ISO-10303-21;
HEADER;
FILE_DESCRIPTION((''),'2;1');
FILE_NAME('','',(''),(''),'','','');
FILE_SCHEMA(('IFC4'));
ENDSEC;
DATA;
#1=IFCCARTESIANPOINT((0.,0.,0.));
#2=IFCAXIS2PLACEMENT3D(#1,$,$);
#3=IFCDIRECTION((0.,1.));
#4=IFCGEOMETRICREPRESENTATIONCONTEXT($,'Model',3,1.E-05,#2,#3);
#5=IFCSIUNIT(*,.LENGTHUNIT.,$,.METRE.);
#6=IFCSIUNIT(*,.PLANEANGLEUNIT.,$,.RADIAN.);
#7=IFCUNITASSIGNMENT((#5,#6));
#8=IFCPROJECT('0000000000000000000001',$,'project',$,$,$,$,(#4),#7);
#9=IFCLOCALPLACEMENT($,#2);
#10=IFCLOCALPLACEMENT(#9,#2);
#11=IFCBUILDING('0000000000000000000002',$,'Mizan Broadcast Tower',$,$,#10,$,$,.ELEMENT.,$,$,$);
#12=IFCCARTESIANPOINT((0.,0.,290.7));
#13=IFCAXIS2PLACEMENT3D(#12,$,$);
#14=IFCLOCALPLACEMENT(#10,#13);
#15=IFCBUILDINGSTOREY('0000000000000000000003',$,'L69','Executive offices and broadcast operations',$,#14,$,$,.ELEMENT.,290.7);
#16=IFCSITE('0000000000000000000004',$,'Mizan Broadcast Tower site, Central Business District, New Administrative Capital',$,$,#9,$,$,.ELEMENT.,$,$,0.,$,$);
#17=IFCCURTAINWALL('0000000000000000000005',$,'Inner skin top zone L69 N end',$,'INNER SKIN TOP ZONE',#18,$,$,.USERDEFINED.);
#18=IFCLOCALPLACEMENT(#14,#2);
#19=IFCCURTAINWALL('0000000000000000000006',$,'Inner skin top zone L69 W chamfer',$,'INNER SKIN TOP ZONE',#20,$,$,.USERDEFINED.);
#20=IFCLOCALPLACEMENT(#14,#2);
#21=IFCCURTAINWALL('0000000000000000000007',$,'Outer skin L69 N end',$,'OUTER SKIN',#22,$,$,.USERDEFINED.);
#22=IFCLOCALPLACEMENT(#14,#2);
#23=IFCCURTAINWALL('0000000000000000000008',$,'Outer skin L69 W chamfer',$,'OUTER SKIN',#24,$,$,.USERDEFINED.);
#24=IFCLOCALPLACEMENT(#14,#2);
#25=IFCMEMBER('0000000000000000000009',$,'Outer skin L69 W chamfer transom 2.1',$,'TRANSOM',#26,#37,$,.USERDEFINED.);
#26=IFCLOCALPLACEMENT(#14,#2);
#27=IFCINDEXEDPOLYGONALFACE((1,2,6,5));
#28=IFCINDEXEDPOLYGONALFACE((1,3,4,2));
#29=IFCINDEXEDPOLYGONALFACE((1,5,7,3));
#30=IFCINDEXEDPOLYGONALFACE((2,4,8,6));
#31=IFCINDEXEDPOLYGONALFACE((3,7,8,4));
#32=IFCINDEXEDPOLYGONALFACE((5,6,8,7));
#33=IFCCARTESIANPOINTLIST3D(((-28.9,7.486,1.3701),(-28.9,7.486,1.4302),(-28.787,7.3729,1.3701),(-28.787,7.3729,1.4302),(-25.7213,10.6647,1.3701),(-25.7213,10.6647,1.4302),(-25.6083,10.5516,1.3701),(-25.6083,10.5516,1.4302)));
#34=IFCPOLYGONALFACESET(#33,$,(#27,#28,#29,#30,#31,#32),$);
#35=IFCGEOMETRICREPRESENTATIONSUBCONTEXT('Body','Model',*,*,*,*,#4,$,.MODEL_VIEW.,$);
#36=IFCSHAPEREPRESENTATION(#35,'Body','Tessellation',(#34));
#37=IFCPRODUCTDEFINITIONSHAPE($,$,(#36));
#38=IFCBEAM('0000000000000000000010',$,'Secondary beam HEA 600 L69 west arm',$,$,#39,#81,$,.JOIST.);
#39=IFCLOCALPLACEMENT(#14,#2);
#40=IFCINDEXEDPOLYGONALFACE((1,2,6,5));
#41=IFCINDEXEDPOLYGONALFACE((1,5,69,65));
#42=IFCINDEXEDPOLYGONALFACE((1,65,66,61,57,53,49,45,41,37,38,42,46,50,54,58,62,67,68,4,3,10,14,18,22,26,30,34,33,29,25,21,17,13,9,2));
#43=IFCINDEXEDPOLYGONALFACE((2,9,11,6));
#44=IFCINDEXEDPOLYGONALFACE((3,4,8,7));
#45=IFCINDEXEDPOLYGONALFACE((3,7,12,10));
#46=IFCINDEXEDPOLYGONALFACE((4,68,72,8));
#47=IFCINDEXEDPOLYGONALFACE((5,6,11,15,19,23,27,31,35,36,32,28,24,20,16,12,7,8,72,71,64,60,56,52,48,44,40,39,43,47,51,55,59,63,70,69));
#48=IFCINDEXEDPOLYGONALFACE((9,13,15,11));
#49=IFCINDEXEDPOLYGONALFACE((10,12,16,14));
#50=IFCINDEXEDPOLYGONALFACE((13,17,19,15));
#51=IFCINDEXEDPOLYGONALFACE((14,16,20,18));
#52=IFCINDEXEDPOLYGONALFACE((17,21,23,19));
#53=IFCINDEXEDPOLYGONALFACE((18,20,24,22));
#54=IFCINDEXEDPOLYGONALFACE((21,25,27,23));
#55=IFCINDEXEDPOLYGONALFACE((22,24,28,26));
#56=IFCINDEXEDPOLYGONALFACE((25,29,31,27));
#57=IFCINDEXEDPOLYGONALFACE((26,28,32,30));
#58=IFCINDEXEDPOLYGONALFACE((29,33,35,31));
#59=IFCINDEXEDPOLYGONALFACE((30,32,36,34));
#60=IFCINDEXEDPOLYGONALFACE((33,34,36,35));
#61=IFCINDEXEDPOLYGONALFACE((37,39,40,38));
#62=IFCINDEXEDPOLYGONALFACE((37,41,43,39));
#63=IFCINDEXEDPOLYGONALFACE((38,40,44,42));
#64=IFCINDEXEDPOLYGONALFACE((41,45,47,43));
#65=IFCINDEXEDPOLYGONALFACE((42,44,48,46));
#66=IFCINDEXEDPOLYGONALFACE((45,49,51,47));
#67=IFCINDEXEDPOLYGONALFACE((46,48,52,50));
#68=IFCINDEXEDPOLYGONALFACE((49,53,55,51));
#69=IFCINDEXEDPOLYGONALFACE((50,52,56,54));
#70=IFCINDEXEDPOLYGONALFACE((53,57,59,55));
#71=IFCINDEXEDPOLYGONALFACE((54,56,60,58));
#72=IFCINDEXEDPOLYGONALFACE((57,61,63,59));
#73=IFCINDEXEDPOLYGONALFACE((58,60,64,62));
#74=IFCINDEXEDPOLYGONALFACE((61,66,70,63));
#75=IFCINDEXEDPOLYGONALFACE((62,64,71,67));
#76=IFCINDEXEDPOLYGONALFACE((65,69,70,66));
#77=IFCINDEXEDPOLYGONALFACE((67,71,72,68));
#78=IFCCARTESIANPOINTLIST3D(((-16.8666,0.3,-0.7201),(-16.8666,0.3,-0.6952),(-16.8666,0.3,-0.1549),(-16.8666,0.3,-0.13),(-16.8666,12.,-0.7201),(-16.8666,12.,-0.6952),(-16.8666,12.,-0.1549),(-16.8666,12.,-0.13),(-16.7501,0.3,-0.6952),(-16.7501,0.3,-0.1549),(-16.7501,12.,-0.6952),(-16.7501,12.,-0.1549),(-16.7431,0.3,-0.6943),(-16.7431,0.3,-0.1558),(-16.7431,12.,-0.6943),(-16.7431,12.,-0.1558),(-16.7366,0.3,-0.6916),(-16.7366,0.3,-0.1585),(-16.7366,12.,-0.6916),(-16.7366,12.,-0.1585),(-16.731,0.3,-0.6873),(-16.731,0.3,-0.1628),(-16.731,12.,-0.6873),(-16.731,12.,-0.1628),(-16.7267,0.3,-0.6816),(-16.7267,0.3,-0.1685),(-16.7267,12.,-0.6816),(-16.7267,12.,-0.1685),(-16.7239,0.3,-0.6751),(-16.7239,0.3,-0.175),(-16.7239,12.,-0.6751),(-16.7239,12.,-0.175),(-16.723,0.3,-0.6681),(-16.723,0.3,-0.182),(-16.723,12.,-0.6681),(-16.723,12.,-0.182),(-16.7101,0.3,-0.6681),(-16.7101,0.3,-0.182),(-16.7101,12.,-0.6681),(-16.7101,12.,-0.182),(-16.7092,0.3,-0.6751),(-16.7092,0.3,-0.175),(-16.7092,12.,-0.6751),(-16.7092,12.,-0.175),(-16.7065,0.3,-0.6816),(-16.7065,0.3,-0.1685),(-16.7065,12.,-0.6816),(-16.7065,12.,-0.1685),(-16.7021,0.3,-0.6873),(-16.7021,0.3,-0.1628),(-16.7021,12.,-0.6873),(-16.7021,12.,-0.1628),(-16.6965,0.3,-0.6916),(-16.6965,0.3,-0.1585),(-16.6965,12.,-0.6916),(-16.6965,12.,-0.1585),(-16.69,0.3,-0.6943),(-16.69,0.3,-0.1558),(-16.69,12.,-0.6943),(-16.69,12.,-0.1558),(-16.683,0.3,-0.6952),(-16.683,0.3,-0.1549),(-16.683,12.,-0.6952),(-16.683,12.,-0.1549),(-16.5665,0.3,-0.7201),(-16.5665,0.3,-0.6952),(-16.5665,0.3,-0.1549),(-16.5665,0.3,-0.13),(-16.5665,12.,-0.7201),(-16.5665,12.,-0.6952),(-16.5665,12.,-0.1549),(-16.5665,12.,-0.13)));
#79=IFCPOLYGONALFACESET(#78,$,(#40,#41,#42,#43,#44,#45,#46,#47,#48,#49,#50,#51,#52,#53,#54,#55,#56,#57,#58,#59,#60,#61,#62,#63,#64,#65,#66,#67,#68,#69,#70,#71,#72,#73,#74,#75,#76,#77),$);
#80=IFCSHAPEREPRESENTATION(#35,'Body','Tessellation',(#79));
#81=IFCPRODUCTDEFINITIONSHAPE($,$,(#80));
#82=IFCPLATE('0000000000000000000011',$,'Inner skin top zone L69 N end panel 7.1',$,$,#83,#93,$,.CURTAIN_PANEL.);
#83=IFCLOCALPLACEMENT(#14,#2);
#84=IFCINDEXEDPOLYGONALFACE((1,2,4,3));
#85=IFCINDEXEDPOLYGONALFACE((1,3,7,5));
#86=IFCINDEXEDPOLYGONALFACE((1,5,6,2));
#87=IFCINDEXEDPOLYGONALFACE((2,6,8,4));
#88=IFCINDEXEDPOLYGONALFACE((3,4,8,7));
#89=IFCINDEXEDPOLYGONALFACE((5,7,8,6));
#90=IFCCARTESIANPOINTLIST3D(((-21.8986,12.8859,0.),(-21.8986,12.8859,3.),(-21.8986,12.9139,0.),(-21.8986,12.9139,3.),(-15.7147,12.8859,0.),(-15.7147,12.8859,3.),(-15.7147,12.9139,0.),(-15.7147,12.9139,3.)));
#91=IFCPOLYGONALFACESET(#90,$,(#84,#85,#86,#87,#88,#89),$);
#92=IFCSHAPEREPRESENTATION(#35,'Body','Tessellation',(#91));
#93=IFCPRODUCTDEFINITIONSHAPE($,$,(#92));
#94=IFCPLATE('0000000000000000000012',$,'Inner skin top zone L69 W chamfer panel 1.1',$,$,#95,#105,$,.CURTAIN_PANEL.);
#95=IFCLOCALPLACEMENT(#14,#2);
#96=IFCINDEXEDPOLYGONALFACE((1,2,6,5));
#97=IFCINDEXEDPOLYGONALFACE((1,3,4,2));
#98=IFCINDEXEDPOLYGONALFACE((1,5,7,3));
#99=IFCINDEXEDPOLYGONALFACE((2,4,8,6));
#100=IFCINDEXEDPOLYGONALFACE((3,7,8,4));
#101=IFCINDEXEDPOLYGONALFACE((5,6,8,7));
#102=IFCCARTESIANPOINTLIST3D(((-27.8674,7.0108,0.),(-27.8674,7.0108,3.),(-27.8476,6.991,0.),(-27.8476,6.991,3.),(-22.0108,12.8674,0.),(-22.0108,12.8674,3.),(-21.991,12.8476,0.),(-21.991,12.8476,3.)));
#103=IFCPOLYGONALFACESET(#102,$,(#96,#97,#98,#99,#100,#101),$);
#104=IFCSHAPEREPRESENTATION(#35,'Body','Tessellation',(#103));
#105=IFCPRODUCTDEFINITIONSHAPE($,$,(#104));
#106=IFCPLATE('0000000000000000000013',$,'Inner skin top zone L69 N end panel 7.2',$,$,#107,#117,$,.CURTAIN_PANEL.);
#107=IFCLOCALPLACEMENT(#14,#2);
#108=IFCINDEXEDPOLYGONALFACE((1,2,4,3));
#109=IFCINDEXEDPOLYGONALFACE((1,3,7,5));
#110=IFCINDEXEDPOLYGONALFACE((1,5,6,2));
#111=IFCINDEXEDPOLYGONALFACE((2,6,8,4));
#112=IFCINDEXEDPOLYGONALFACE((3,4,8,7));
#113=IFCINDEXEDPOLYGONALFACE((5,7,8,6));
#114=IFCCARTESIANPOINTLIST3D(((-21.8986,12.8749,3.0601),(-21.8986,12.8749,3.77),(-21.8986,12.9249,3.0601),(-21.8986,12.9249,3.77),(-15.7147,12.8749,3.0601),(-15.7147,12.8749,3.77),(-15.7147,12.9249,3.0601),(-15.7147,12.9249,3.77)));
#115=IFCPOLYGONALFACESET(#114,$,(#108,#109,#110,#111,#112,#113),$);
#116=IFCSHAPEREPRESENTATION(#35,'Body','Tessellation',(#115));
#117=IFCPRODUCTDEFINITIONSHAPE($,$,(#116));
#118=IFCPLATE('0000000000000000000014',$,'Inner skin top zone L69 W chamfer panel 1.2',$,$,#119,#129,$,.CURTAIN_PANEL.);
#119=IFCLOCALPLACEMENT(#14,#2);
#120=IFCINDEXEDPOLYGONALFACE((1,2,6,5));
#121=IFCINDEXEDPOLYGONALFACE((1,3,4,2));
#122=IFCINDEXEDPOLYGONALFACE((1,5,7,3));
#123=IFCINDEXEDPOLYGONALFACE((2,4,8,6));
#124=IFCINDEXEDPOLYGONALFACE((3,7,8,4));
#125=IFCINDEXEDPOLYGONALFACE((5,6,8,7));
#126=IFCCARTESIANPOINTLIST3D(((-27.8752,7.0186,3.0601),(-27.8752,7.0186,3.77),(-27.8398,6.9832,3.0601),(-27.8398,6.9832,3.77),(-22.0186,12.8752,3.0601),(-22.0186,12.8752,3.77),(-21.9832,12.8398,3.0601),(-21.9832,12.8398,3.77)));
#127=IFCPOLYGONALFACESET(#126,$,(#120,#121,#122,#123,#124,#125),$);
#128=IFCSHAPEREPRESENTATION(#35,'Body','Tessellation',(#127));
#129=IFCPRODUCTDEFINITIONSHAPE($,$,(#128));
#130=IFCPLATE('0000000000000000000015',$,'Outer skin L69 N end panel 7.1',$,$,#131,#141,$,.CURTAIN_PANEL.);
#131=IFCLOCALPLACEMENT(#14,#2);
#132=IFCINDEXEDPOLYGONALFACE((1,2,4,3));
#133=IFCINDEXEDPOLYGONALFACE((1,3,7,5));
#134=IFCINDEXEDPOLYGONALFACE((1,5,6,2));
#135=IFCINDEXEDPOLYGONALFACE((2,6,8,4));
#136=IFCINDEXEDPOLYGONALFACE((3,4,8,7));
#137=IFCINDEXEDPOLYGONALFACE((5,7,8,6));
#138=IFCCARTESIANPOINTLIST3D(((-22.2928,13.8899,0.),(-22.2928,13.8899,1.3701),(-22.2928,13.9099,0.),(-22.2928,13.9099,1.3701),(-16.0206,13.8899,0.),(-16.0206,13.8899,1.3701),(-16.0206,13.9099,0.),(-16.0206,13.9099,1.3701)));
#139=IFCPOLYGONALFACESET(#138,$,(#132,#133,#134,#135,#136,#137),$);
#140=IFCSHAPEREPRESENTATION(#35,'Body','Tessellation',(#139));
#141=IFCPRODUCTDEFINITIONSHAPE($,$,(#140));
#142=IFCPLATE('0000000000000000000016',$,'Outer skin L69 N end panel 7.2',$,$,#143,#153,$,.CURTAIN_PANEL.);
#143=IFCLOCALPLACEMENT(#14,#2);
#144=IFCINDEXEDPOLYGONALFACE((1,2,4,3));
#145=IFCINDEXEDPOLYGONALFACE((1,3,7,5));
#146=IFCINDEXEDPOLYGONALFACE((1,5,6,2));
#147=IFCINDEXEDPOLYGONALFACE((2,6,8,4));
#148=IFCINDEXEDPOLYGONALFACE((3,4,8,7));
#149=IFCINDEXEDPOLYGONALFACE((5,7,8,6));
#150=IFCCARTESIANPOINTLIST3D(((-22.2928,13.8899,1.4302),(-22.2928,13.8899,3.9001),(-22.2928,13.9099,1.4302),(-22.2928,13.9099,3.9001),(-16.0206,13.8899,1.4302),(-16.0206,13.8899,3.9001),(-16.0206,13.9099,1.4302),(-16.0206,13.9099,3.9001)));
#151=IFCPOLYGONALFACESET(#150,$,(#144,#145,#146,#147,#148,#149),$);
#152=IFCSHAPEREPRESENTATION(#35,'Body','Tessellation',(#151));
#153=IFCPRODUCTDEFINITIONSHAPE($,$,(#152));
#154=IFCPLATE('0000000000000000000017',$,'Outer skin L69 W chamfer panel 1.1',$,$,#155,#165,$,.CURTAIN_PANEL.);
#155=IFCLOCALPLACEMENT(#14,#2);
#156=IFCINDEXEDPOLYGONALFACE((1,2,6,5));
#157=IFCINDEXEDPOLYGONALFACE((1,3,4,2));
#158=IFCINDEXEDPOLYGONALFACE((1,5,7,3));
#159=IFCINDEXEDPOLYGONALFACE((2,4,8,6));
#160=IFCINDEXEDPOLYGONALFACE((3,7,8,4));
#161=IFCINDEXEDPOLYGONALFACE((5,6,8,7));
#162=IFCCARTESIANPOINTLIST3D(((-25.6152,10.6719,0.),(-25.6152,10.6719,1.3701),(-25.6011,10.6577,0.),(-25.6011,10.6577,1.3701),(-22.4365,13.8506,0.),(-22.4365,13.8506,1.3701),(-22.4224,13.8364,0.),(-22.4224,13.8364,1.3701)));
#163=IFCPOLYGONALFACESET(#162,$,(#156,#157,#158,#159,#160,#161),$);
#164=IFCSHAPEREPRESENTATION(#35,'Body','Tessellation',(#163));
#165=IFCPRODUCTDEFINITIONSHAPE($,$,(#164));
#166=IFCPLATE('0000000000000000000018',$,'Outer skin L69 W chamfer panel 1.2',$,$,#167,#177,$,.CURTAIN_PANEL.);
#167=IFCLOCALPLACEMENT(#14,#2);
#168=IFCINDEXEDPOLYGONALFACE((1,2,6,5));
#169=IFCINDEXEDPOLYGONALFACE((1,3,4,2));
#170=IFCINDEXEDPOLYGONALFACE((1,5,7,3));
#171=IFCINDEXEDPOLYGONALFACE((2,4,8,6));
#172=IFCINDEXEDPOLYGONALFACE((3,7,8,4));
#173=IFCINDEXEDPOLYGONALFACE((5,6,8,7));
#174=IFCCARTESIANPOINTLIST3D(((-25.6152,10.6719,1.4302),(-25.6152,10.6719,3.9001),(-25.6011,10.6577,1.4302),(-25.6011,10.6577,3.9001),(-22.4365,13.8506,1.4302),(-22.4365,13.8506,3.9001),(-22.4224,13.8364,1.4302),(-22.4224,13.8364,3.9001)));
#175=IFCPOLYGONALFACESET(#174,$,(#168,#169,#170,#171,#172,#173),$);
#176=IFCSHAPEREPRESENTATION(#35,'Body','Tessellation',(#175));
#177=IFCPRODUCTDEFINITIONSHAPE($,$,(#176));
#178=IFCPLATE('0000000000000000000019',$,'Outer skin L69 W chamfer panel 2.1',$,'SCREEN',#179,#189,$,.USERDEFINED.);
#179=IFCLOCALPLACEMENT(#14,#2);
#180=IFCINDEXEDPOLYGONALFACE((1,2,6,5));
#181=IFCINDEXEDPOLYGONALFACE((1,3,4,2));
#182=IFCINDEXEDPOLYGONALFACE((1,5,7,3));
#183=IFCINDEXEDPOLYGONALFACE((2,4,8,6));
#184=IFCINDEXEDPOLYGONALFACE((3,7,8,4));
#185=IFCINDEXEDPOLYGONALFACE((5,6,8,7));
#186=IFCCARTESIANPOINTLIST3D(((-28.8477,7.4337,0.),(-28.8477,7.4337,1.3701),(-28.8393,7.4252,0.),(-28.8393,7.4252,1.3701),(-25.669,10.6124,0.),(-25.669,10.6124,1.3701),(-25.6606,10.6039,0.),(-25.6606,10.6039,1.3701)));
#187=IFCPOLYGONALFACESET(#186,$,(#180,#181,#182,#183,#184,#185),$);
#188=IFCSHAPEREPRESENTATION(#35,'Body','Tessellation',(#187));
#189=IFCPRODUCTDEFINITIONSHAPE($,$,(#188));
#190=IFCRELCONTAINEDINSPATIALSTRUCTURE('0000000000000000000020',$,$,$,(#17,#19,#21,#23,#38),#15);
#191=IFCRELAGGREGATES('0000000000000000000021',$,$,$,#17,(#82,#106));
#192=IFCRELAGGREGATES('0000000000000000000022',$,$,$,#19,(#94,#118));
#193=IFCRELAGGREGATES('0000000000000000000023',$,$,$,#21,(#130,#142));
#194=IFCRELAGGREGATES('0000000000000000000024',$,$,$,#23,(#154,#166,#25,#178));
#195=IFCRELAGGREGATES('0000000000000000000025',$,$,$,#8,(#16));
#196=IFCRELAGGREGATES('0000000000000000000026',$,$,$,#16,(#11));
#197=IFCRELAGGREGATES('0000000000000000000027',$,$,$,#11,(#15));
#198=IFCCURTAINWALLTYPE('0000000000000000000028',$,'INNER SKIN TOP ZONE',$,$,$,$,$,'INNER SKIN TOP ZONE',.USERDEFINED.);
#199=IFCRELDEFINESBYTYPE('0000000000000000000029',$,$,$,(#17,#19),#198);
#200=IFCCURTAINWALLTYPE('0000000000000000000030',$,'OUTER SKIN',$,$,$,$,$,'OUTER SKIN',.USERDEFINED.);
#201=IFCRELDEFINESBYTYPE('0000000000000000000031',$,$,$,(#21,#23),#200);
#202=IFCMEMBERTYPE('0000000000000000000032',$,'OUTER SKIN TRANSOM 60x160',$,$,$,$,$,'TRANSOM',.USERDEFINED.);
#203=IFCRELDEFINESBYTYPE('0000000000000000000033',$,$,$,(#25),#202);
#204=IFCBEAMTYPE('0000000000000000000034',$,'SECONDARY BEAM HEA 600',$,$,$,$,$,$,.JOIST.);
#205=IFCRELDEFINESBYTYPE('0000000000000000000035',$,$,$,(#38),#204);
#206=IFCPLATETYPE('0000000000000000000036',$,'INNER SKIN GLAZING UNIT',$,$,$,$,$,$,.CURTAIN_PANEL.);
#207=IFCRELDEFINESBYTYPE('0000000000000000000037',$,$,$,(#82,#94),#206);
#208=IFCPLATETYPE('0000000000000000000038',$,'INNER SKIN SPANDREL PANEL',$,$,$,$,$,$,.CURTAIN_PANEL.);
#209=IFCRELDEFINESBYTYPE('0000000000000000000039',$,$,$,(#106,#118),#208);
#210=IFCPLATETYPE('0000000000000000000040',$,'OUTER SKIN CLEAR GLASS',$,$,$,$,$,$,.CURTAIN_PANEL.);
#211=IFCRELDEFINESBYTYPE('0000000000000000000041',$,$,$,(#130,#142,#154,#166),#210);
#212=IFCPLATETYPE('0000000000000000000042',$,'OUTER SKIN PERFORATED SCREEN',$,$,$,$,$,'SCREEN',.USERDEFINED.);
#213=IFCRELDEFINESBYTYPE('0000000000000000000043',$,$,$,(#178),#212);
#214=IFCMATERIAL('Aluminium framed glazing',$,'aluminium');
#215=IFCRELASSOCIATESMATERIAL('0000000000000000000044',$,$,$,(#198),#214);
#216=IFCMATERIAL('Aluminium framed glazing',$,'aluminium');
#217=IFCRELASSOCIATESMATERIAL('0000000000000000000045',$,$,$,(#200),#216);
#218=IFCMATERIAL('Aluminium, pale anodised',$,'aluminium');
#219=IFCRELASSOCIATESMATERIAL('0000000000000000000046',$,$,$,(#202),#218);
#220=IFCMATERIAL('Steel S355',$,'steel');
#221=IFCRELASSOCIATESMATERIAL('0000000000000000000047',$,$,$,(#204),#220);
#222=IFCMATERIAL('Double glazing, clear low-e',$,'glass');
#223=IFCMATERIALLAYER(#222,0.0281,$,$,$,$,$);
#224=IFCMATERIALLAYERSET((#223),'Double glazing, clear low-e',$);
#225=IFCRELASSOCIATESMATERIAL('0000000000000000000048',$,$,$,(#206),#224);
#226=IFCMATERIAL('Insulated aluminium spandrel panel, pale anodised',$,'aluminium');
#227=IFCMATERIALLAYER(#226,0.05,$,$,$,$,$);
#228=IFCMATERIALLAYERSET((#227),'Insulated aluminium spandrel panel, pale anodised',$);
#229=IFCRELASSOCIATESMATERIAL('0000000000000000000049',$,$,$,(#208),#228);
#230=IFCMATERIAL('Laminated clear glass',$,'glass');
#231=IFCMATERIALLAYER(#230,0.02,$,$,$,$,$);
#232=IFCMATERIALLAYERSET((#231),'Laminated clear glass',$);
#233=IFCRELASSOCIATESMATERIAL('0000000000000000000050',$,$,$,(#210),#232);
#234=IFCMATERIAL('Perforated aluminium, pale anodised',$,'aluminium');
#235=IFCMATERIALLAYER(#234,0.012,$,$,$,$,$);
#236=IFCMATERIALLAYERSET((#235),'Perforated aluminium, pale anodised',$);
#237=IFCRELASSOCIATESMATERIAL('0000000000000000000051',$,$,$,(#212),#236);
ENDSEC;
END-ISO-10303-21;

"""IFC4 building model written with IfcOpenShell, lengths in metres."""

from ifc_helpers import new_model, si_unit, direction, frame, origin, origin_2d, place, context, subcontext, project, spatial, rectangle, i_section, extrude, material, layer, layer_set, material_profile, profile_set, type_object, element, aggregate, save


model = new_model("IFC4")

# Units and contexts
model_context = context("Model", 3, precision=1e-05, world=origin(), true_north=direction((0.0, 1.0)))
body_context = subcontext(model_context, "Body", "Model", "MODEL_VIEW")
ifc_project = project(units=[si_unit("LENGTHUNIT", "METRE"), si_unit("PLANEANGLEUNIT", "RADIAN")], contexts=[model_context])

# Site, building, storey
site_placement = place(None, origin())
site = spatial("IfcSite", under=ifc_project, at=site_placement, Name="Mizan Broadcast Tower site, Central Business District, New Administrative Capital", CompositionType="ELEMENT", RefElevation=0.0)
building_placement = place(site_placement, origin())
building = spatial("IfcBuilding", under=site, at=building_placement, Name="Mizan Broadcast Tower", CompositionType="ELEMENT")
storey_placement = place(building_placement, frame((0.0, 0.0, 290.7)))
storey = spatial("IfcBuildingStorey", under=building, at=storey_placement, Name="L69", Description="Executive offices and broadcast operations", CompositionType="ELEMENT", Elevation=290.7)

# Curtain walls
ifc_material_1 = material(Name="Aluminium framed glazing", Category="aluminium")
curtain_wall_type_1 = type_object("IfcCurtainWallType", Name="INNER SKIN TOP ZONE", ElementType="INNER SKIN TOP ZONE", PredefinedType="USERDEFINED", material=ifc_material_1)
curtain_wall_1_placement = place(storey_placement, origin())
curtain_wall_1 = element("IfcCurtainWall", 1, at=curtain_wall_1_placement, inside=storey, type_object=curtain_wall_type_1, Name="Inner skin top zone L69 N end", ObjectType="INNER SKIN TOP ZONE", PredefinedType="USERDEFINED")
curtain_wall_2_placement = place(storey_placement, origin())
curtain_wall_2 = element("IfcCurtainWall", 2, at=curtain_wall_2_placement, inside=storey, type_object=curtain_wall_type_1, Name="Inner skin top zone L69 W chamfer", ObjectType="INNER SKIN TOP ZONE", PredefinedType="USERDEFINED")

# Curtain wall
ifc_material_2 = material(Name="Aluminium framed glazing", Category="aluminium")
curtain_wall_type_2 = type_object("IfcCurtainWallType", Name="OUTER SKIN", ElementType="OUTER SKIN", PredefinedType="USERDEFINED", material=ifc_material_2)
curtain_wall_3_placement = place(storey_placement, origin())
curtain_wall_3 = element("IfcCurtainWall", 3, at=curtain_wall_3_placement, inside=storey, type_object=curtain_wall_type_2, Name="Outer skin L69 N end", ObjectType="OUTER SKIN", PredefinedType="USERDEFINED")

# Curtain wall
curtain_wall_4_placement = place(storey_placement, origin())
curtain_wall_4 = element("IfcCurtainWall", 4, at=curtain_wall_4_placement, inside=storey, type_object=curtain_wall_type_2, Name="Outer skin L69 W chamfer", ObjectType="OUTER SKIN", PredefinedType="USERDEFINED")

# Member
ifc_material_3 = material(Name="Aluminium, pale anodised", Category="aluminium")
ifc_material_profile_1 = material_profile(ifc_material_3, rectangle(XDim=0.1599, YDim=0.0601, at=origin_2d()), Name="TRANSOM 160x60")
ifc_profile_set_1 = profile_set([ifc_material_profile_1], Name="Aluminium, pale anodised")
member_type_1 = type_object("IfcMemberType", Name="OUTER SKIN TRANSOM 60x160", ElementType="TRANSOM", PredefinedType="USERDEFINED", material=ifc_profile_set_1)
member_1_placement = place(storey_placement, frame((-25.6648, 10.6082, 1.4001), z_axis=(-0.707107, -0.707107, 0.0), x_axis=(0.707107, -0.707107, 0.0)))
member_1 = element("IfcMember", 5, at=member_1_placement, type_object=member_type_1, Name="Outer skin L69 W chamfer transom 2.1", ObjectType="TRANSOM", PredefinedType="USERDEFINED", context=body_context, shape_type="SweptSolid", body=[
    extrude(rectangle(XDim=0.1599, YDim=0.0601, at=origin_2d()), origin(), (0.0, 0.0, 1.0), 4.4954),
])

# Beam
ifc_material_4 = material(Name="Steel S355", Category="steel")
ifc_material_profile_2 = material_profile(ifc_material_4, i_section(OverallWidth=0.3, OverallDepth=0.5901, WebThickness=0.0129, FlangeThickness=0.0249, FilletRadius=0.0271, at=origin_2d()), Name="HEA 600")
ifc_profile_set_2 = profile_set([ifc_material_profile_2], Name="Steel S355")
beam_type_1 = type_object("IfcBeamType", Name="SECONDARY BEAM HEA 600", PredefinedType="JOIST", material=ifc_profile_set_2)
beam_1_placement = place(storey_placement, frame((-16.7166, 12.0, -0.425), z_axis=(0.0, -1.0, 0.0), x_axis=(1.0, 0.0, 0.0)))
element("IfcBeam", 6, at=beam_1_placement, inside=storey, type_object=beam_type_1, Name="Secondary beam HEA 600 L69 west arm", PredefinedType="JOIST", context=body_context, shape_type="SweptSolid", body=[
    extrude(i_section(OverallWidth=0.3, OverallDepth=0.5901, WebThickness=0.0129, FlangeThickness=0.0249, FilletRadius=0.0271, at=origin_2d()), origin(), (0.0, 0.0, 1.0), 11.7),
])

# Plates
ifc_material_5 = material(Name="Double glazing, clear low-e", Category="glass")
ifc_layer_1 = layer(ifc_material_5, 0.0281)
ifc_layer_set_1 = layer_set([ifc_layer_1], Name="Double glazing, clear low-e")
plate_type_1 = type_object("IfcPlateType", Name="INNER SKIN GLAZING UNIT", PredefinedType="CURTAIN_PANEL", material=ifc_layer_set_1)
plate_1_placement = place(storey_placement, frame((-18.8066, 12.8999, 0.0), z_axis=(0.0, 0.0, 1.0), x_axis=(-1.0, 0.0, 0.0)))
plate_1 = element("IfcPlate", 7, at=plate_1_placement, type_object=plate_type_1, Name="Inner skin top zone L69 N end panel 7.1", PredefinedType="CURTAIN_PANEL", context=body_context, shape_type="SweptSolid", body=[
    extrude(rectangle(XDim=6.1838, YDim=0.0281, at=origin_2d()), origin(), (0.0, 0.0, 1.0), 3.0),
])
plate_2_placement = place(storey_placement, frame((-24.9292, 9.9292, 0.0), z_axis=(0.0, 0.0, 1.0), x_axis=(-0.707107, -0.707107, 0.0)))
plate_2 = element("IfcPlate", 8, at=plate_2_placement, type_object=plate_type_1, Name="Inner skin top zone L69 W chamfer panel 1.1", PredefinedType="CURTAIN_PANEL", context=body_context, shape_type="SweptSolid", body=[
    extrude(rectangle(XDim=8.2825, YDim=0.0281, at=origin_2d()), origin(), (0.0, 0.0, 1.0), 3.0),
])
ifc_material_6 = material(Name="Insulated aluminium spandrel panel, pale anodised", Category="aluminium")
ifc_layer_2 = layer(ifc_material_6, 0.05)
ifc_layer_set_2 = layer_set([ifc_layer_2], Name="Insulated aluminium spandrel panel, pale anodised")
plate_type_2 = type_object("IfcPlateType", Name="INNER SKIN SPANDREL PANEL", PredefinedType="CURTAIN_PANEL", material=ifc_layer_set_2)
plate_3_placement = place(storey_placement, frame((-18.8066, 12.8999, 3.0601), z_axis=(0.0, 0.0, 1.0), x_axis=(-1.0, 0.0, 0.0)))
plate_3 = element("IfcPlate", 9, at=plate_3_placement, type_object=plate_type_2, Name="Inner skin top zone L69 N end panel 7.2", PredefinedType="CURTAIN_PANEL", context=body_context, shape_type="SweptSolid", body=[
    extrude(rectangle(XDim=6.1838, YDim=0.05, at=origin_2d()), origin(), (0.0, 0.0, 1.0), 0.71),
])
aggregate(curtain_wall_1, [plate_1, plate_3])
plate_4_placement = place(storey_placement, frame((-24.9292, 9.9292, 3.0601), z_axis=(0.0, 0.0, 1.0), x_axis=(-0.707107, -0.707107, 0.0)))
plate_4 = element("IfcPlate", 10, at=plate_4_placement, type_object=plate_type_2, Name="Inner skin top zone L69 W chamfer panel 1.2", PredefinedType="CURTAIN_PANEL", context=body_context, shape_type="SweptSolid", body=[
    extrude(rectangle(XDim=8.2825, YDim=0.05, at=origin_2d()), origin(), (0.0, 0.0, 1.0), 0.71),
])
aggregate(curtain_wall_2, [plate_2, plate_4])
ifc_material_7 = material(Name="Laminated clear glass", Category="glass")
ifc_layer_3 = layer(ifc_material_7, 0.02)
ifc_layer_set_3 = layer_set([ifc_layer_3], Name="Laminated clear glass")
plate_type_3 = type_object("IfcPlateType", Name="OUTER SKIN CLEAR GLASS", PredefinedType="CURTAIN_PANEL", material=ifc_layer_set_3)
plate_5_placement = place(storey_placement, frame((-19.1567, 13.8999, 0.0), z_axis=(0.0, 0.0, 1.0), x_axis=(-1.0, 0.0, 0.0)))
plate_5 = element("IfcPlate", 11, at=plate_5_placement, type_object=plate_type_3, Name="Outer skin L69 N end panel 7.1", PredefinedType="CURTAIN_PANEL", context=body_context, shape_type="SweptSolid", body=[
    extrude(rectangle(XDim=6.2722, YDim=0.02, at=origin_2d()), origin(), (0.0, 0.0, 1.0), 1.3701),
])
plate_6_placement = place(storey_placement, frame((-19.1567, 13.8999, 1.4302), z_axis=(0.0, 0.0, 1.0), x_axis=(-1.0, 0.0, 0.0)))
plate_6 = element("IfcPlate", 12, at=plate_6_placement, type_object=plate_type_3, Name="Outer skin L69 N end panel 7.2", PredefinedType="CURTAIN_PANEL", context=body_context, shape_type="SweptSolid", body=[
    extrude(rectangle(XDim=6.2722, YDim=0.02, at=origin_2d()), origin(), (0.0, 0.0, 1.0), 2.47),
])
aggregate(curtain_wall_3, [plate_5, plate_6])
plate_7_placement = place(storey_placement, frame((-24.0188, 12.2542, 0.0), z_axis=(0.0, 0.0, 1.0), x_axis=(-0.707107, -0.707107, 0.0)))
plate_7 = element("IfcPlate", 13, at=plate_7_placement, type_object=plate_type_3, Name="Outer skin L69 W chamfer panel 1.1", PredefinedType="CURTAIN_PANEL", context=body_context, shape_type="SweptSolid", body=[
    extrude(rectangle(XDim=4.4954, YDim=0.02, at=origin_2d()), origin(), (0.0, 0.0, 1.0), 1.3701),
])
plate_8_placement = place(storey_placement, frame((-24.0188, 12.2542, 1.4302), z_axis=(0.0, 0.0, 1.0), x_axis=(-0.707107, -0.707107, 0.0)))
plate_8 = element("IfcPlate", 14, at=plate_8_placement, type_object=plate_type_3, Name="Outer skin L69 W chamfer panel 1.2", PredefinedType="CURTAIN_PANEL", context=body_context, shape_type="SweptSolid", body=[
    extrude(rectangle(XDim=4.4954, YDim=0.02, at=origin_2d()), origin(), (0.0, 0.0, 1.0), 2.47),
])
ifc_material_8 = material(Name="Perforated aluminium, pale anodised", Category="aluminium")
ifc_layer_4 = layer(ifc_material_8, 0.012)
ifc_layer_set_4 = layer_set([ifc_layer_4], Name="Perforated aluminium, pale anodised")
plate_type_4 = type_object("IfcPlateType", Name="OUTER SKIN PERFORATED SCREEN", ElementType="SCREEN", PredefinedType="USERDEFINED", material=ifc_layer_set_4)
plate_9_placement = place(storey_placement, frame((-27.2542, 9.0188, 0.0), z_axis=(0.0, 0.0, 1.0), x_axis=(-0.707107, -0.707107, 0.0)))
plate_9 = element("IfcPlate", 15, at=plate_9_placement, type_object=plate_type_4, Name="Outer skin L69 W chamfer panel 2.1", ObjectType="SCREEN", PredefinedType="USERDEFINED", context=body_context, shape_type="SweptSolid", body=[
    extrude(rectangle(XDim=4.4954, YDim=0.012, at=origin_2d()), origin(), (0.0, 0.0, 1.0), 1.3701),
])
aggregate(curtain_wall_4, [plate_7, plate_8, member_1, plate_9])

save(model, "model.ifc")
